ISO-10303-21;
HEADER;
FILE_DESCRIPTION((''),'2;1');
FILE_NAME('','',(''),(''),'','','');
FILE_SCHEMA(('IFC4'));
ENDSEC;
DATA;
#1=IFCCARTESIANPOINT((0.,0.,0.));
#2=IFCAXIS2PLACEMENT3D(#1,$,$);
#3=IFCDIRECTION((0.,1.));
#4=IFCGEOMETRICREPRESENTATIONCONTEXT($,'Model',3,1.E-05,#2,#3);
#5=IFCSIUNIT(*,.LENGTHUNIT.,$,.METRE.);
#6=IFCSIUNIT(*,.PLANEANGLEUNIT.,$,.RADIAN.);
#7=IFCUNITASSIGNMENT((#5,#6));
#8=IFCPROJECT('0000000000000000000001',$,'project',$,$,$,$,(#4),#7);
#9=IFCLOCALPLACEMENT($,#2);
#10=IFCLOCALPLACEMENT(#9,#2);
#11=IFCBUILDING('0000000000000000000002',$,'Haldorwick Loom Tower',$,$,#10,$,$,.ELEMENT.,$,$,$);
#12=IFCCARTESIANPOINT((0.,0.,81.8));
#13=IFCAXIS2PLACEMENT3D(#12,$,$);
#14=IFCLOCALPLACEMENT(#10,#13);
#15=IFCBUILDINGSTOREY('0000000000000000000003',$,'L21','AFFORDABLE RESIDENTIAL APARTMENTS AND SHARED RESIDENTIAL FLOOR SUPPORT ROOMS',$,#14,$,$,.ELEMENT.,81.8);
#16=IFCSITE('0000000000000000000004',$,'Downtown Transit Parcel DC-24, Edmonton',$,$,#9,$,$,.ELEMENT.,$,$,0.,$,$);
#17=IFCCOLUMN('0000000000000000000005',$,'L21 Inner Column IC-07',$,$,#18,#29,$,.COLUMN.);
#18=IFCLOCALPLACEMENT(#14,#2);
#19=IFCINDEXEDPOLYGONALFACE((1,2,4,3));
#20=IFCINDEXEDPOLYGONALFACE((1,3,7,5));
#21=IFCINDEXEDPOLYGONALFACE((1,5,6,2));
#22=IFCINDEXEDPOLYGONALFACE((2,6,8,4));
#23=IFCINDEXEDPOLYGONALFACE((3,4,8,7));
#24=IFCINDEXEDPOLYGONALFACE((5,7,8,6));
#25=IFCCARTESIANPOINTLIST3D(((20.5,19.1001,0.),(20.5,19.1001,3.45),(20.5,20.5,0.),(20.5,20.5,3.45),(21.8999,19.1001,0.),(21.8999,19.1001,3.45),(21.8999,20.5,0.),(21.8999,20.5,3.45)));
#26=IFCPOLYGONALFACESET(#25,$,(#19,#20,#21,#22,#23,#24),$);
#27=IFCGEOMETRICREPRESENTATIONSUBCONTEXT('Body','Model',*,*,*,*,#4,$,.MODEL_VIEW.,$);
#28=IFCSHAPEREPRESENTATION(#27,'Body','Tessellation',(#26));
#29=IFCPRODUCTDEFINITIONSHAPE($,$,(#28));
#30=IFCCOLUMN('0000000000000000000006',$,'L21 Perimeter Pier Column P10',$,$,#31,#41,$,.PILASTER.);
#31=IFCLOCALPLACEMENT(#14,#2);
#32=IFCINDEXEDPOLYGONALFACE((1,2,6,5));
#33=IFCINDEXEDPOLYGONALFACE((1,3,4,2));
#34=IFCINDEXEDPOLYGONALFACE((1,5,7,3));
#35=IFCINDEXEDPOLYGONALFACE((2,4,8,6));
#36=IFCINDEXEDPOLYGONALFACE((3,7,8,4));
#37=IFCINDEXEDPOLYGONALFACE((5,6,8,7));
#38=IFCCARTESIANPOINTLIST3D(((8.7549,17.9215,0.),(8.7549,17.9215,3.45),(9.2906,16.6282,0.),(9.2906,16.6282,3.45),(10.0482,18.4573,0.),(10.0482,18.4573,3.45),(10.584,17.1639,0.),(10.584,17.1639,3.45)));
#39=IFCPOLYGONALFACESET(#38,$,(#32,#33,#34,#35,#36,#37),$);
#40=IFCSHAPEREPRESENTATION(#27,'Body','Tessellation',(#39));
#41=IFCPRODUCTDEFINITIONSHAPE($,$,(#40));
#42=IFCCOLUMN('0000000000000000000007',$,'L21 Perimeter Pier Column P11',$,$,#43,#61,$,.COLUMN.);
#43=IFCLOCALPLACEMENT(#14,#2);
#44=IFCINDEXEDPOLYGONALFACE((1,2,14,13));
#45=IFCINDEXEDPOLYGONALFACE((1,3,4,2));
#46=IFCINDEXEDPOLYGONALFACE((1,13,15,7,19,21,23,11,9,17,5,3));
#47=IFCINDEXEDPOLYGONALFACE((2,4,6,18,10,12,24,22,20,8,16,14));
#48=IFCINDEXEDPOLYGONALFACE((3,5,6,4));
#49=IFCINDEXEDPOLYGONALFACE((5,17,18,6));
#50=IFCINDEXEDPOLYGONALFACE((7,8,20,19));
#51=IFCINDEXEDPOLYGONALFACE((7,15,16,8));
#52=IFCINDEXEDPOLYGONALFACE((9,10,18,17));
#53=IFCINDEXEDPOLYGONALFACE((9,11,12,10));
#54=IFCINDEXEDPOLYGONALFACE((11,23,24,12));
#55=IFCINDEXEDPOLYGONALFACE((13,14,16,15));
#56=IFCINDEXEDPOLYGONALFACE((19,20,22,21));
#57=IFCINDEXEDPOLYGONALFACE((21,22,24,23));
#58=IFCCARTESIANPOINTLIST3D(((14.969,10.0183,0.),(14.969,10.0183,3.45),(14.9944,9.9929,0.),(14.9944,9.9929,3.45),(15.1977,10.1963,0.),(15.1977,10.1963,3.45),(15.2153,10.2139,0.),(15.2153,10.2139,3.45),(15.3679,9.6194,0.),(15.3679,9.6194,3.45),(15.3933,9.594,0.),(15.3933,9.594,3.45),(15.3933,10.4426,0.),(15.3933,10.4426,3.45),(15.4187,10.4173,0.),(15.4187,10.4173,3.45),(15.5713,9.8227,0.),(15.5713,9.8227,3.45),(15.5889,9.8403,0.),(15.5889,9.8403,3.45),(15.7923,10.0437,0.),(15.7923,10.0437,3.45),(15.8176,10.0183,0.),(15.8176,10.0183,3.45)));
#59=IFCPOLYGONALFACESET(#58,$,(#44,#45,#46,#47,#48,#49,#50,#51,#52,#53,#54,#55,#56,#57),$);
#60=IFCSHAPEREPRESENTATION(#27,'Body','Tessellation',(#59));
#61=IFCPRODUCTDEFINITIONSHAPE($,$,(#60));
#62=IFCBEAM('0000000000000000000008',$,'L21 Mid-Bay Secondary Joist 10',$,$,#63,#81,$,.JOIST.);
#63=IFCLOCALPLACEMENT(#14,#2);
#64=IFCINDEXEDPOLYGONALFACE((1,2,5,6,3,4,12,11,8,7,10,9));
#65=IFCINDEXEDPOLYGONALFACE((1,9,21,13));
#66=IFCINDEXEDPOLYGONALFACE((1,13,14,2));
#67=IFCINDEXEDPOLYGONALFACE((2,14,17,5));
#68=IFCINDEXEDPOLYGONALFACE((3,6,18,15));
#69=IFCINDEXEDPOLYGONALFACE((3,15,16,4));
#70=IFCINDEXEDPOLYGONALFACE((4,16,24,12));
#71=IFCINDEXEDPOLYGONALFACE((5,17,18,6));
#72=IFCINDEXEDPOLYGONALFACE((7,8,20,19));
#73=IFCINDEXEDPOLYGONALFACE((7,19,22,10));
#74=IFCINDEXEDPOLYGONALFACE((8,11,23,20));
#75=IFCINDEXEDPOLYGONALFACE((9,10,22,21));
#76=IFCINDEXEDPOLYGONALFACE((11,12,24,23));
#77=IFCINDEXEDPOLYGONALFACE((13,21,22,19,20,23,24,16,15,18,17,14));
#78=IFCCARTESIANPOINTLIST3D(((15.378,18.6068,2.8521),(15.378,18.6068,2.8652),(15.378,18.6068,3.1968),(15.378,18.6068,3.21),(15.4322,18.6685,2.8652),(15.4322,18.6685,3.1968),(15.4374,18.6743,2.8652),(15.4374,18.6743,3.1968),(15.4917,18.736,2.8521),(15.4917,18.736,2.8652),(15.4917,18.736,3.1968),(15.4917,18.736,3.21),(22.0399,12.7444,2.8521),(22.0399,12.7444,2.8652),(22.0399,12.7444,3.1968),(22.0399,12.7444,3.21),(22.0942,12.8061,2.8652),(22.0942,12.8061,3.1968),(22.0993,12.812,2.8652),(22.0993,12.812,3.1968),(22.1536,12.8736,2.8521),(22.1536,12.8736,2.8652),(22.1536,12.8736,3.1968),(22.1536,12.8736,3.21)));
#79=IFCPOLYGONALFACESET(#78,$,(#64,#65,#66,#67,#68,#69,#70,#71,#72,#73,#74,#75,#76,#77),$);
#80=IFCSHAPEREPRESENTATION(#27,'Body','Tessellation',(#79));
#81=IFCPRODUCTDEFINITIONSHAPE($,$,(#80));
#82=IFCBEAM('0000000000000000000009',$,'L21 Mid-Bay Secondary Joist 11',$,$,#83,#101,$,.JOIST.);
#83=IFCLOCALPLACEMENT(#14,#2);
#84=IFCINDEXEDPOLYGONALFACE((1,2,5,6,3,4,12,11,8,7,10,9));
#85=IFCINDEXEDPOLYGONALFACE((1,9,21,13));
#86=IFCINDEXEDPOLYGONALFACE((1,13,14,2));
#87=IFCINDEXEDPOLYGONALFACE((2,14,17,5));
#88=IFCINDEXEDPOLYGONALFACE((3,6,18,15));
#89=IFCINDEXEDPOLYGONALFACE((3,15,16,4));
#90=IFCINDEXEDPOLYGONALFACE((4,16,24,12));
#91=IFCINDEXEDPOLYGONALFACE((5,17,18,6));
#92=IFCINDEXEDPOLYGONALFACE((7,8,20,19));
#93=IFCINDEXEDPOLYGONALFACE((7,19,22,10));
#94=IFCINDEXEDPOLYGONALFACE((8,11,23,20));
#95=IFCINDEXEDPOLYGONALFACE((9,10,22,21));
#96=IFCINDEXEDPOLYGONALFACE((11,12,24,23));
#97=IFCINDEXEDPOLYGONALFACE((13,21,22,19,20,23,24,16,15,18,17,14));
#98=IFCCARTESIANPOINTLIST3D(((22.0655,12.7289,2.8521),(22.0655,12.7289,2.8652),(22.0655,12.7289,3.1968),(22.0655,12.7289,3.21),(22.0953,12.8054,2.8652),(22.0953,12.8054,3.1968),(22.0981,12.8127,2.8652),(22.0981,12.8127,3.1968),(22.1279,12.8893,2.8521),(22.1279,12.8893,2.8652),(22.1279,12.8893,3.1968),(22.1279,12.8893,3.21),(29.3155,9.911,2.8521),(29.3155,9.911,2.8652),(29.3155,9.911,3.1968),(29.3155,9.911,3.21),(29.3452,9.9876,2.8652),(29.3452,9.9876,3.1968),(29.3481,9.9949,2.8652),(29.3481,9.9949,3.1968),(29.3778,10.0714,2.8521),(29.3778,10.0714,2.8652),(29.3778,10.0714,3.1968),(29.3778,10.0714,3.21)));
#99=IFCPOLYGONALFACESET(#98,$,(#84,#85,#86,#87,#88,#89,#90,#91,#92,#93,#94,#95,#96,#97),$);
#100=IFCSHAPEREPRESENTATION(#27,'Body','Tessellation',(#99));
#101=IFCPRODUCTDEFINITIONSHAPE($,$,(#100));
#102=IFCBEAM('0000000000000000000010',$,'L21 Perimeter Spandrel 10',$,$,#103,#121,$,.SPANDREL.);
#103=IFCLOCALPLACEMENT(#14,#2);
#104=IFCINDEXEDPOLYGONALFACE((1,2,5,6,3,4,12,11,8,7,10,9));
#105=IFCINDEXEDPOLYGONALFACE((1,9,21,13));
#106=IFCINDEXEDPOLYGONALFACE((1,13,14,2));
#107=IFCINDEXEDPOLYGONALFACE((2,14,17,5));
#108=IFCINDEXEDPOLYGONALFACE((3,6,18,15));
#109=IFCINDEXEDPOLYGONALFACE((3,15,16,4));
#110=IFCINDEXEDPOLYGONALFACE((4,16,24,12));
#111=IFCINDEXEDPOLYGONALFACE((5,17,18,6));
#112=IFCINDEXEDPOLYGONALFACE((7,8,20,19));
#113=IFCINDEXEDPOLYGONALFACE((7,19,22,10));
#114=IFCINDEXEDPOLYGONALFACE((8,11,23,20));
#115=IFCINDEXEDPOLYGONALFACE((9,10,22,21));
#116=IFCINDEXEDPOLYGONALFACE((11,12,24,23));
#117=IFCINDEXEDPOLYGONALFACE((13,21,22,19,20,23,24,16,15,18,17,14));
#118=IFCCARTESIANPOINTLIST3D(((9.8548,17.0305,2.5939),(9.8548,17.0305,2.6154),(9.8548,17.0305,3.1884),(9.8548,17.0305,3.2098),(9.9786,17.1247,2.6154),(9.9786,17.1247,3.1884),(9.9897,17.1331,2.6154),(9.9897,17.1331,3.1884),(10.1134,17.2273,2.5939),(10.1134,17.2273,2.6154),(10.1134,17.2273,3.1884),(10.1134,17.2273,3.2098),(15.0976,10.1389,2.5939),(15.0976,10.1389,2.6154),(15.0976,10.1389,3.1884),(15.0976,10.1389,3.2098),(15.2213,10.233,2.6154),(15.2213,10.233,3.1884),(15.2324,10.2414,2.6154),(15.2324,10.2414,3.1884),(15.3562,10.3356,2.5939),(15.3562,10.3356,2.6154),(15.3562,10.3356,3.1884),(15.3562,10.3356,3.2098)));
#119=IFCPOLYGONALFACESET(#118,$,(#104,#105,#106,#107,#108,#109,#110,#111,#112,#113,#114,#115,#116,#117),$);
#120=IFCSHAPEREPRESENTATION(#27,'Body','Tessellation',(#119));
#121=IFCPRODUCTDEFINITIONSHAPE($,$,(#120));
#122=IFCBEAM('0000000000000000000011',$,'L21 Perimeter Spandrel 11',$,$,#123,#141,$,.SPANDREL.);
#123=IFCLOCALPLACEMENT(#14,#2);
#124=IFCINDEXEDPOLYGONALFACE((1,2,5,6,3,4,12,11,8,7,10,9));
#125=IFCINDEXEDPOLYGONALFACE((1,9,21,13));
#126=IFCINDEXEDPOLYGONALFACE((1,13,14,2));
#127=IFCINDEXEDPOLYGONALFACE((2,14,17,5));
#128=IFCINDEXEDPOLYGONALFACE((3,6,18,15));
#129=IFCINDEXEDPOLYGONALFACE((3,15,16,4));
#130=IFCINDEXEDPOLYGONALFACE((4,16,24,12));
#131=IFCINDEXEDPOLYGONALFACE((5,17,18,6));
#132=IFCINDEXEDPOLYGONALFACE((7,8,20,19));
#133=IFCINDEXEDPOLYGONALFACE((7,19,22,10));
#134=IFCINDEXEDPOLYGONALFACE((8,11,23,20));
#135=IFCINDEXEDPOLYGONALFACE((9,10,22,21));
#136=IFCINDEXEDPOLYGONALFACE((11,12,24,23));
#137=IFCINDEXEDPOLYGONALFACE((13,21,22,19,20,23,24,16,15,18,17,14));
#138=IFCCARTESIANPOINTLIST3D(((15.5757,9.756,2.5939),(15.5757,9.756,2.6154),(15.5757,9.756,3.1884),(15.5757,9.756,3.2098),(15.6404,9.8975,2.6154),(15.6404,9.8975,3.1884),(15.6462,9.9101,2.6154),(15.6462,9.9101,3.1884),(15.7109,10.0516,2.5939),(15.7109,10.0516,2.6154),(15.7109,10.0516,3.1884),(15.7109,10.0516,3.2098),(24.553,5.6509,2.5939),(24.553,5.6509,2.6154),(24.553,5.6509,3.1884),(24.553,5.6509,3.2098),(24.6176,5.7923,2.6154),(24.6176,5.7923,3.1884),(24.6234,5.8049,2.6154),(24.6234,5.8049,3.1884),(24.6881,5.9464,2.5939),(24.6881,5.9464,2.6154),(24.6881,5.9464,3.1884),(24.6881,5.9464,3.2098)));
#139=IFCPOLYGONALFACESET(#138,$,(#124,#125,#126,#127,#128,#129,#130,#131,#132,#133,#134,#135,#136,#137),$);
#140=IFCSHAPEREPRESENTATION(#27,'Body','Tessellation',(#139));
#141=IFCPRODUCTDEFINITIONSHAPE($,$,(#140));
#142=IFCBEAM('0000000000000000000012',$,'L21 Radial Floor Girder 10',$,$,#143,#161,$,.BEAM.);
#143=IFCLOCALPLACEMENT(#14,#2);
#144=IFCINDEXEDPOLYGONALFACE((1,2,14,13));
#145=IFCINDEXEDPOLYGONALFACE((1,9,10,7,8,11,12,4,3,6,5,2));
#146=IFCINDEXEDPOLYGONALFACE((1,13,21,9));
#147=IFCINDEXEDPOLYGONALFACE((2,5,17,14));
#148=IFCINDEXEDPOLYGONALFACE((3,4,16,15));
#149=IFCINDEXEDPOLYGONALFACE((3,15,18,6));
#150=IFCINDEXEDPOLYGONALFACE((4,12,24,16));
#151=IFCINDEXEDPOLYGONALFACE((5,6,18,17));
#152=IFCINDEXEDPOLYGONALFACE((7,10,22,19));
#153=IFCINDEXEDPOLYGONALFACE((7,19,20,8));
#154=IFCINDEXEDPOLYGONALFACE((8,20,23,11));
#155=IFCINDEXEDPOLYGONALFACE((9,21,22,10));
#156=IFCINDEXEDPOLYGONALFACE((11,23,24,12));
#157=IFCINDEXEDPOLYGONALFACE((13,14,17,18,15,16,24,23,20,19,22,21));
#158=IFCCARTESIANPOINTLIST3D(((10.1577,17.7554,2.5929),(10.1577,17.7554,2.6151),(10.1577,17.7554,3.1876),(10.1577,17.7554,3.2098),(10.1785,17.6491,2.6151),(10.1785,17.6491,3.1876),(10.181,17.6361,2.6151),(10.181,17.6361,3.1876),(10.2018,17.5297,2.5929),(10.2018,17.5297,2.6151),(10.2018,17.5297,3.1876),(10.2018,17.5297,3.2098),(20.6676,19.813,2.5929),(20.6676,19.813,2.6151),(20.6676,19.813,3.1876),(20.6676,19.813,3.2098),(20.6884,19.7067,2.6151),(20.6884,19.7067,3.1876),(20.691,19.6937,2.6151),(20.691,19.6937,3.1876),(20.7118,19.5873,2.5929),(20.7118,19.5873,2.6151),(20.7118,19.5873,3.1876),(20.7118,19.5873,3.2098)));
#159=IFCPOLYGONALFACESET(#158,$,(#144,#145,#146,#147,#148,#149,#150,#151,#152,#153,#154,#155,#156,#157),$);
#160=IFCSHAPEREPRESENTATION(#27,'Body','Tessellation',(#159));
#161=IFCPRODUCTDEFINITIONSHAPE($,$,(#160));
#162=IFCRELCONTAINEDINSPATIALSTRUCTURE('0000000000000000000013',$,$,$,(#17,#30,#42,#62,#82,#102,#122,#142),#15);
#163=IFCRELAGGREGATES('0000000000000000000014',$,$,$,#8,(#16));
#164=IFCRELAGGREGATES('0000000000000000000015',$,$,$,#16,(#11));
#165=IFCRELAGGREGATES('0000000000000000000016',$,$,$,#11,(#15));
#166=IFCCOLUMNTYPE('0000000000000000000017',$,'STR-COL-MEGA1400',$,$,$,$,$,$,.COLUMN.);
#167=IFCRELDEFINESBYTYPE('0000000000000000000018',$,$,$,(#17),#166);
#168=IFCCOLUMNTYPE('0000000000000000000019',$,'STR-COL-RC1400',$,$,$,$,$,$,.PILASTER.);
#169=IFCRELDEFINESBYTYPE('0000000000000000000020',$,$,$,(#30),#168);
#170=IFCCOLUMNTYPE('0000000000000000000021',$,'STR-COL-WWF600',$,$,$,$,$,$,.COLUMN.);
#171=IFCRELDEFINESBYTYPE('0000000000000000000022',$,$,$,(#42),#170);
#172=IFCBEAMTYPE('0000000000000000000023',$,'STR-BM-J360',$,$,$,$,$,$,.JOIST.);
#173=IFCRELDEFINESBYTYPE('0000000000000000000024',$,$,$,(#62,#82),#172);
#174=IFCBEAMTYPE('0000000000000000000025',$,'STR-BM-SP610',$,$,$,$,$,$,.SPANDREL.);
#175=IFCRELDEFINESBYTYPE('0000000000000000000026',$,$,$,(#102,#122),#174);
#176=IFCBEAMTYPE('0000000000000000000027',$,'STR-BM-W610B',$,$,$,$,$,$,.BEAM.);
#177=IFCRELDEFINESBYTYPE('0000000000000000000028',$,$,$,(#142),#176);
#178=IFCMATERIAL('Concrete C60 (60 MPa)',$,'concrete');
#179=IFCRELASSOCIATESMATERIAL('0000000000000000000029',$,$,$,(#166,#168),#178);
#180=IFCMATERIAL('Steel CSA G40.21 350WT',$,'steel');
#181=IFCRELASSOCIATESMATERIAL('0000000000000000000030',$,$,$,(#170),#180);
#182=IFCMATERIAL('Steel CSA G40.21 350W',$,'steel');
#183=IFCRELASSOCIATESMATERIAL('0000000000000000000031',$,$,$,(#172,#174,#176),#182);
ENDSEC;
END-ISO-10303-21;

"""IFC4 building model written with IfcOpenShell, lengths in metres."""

from ifc_helpers import new_model, si_unit, direction, frame, origin, origin_2d, place, context, subcontext, project, spatial, rectangle, i_section, extrude, material, material_profile, profile_set, type_object, element, save


model = new_model("IFC4")

# Units and contexts
model_context = context("Model", 3, precision=1e-05, world=origin(), true_north=direction((0.0, 1.0)))
body_context = subcontext(model_context, "Body", "Model", "MODEL_VIEW")
ifc_project = project(units=[si_unit("LENGTHUNIT", "METRE"), si_unit("PLANEANGLEUNIT", "RADIAN")], contexts=[model_context])

# Site, building, storey
site_placement = place(None, origin())
site = spatial("IfcSite", under=ifc_project, at=site_placement, Name="Downtown Transit Parcel DC-24, Edmonton", CompositionType="ELEMENT", RefElevation=0.0)
building_placement = place(site_placement, origin())
building = spatial("IfcBuilding", under=site, at=building_placement, Name="Haldorwick Loom Tower", CompositionType="ELEMENT")
storey_placement = place(building_placement, frame((0.0, 0.0, 81.8)))
storey = spatial("IfcBuildingStorey", under=building, at=storey_placement, Name="L21", Description="AFFORDABLE RESIDENTIAL APARTMENTS AND SHARED RESIDENTIAL FLOOR SUPPORT ROOMS", CompositionType="ELEMENT", Elevation=81.8)

# Columns
ifc_material_1 = material(Name="Concrete C60 (60 MPa)", Category="concrete")
ifc_material_profile_1 = material_profile(ifc_material_1, rectangle(XDim=1.3999, YDim=1.3999, at=origin_2d()), Name="RC1400X1400", Category="concrete")
ifc_profile_set_1 = profile_set([ifc_material_profile_1], Name="Concrete C60 (60 MPa)")
column_type_1 = type_object("IfcColumnType", Name="STR-COL-MEGA1400", PredefinedType="COLUMN", material=ifc_profile_set_1)
column_1_placement = place(storey_placement, frame((21.2, 19.8, 0.0), z_axis=(0.0, 0.0, 1.0), x_axis=(1.0, 0.0, 0.0)))
element("IfcColumn", 1, at=column_1_placement, inside=storey, type_object=column_type_1, Name="L21 Inner Column IC-07", PredefinedType="COLUMN", context=body_context, shape_type="SweptSolid", body=[
    extrude(rectangle(XDim=1.3999, YDim=1.3999, at=origin_2d()), origin(), (0.0, 0.0, 1.0), 3.45),
])
ifc_material_profile_2 = material_profile(ifc_material_1, rectangle(XDim=1.3999, YDim=1.3999, at=origin_2d()), Name="RC1400X1400", Category="concrete")
ifc_profile_set_2 = profile_set([ifc_material_profile_2], Name="Concrete C60 (60 MPa)")
column_type_2 = type_object("IfcColumnType", Name="STR-COL-RC1400", PredefinedType="PILASTER", material=ifc_profile_set_2)
column_2_placement = place(storey_placement, frame((9.6694, 17.5427, 0.0), z_axis=(0.0, 0.0, 1.0), x_axis=(-0.92388, -0.382683, 0.0)))
element("IfcColumn", 2, at=column_2_placement, inside=storey, type_object=column_type_2, Name="L21 Perimeter Pier Column P10", PredefinedType="PILASTER", context=body_context, shape_type="SweptSolid", body=[
    extrude(rectangle(XDim=1.3999, YDim=1.3999, at=origin_2d()), origin(), (0.0, 0.0, 1.0), 3.45),
])
ifc_material_2 = material(Name="Steel CSA G40.21 350WT", Category="steel")
ifc_material_profile_3 = material_profile(ifc_material_2, i_section(OverallWidth=0.6001, OverallDepth=0.6001, WebThickness=0.0249, FlangeThickness=0.0359, at=origin_2d()), Name="WWF600X600", Category="steel")
ifc_profile_set_3 = profile_set([ifc_material_profile_3], Name="Steel CSA G40.21 350WT")
column_type_3 = type_object("IfcColumnType", Name="STR-COL-WWF600", PredefinedType="COLUMN", material=ifc_profile_set_3)
column_3_placement = place(storey_placement, frame((15.3933, 10.0183, 0.0), z_axis=(0.0, 0.0, 1.0), x_axis=(-0.707107, -0.707107, 0.0)))
element("IfcColumn", 3, at=column_3_placement, inside=storey, type_object=column_type_3, Name="L21 Perimeter Pier Column P11", PredefinedType="COLUMN", context=body_context, shape_type="SweptSolid", body=[
    extrude(i_section(OverallWidth=0.6001, OverallDepth=0.6001, WebThickness=0.0249, FlangeThickness=0.0359, at=origin_2d()), origin(), (0.0, 0.0, 1.0), 3.45),
])

# Beams
ifc_material_3 = material(Name="Steel CSA G40.21 350W", Category="steel")
ifc_material_profile_4 = material_profile(ifc_material_3, i_section(OverallWidth=0.1721, OverallDepth=0.3579, WebThickness=0.0078, FlangeThickness=0.0132, at=origin_2d()), Name="W360X57", Category="steel")
ifc_profile_set_4 = profile_set([ifc_material_profile_4], Name="Steel CSA G40.21 350W")
beam_type_1 = type_object("IfcBeamType", Name="STR-BM-J360", PredefinedType="JOIST", material=ifc_profile_set_4)
beam_1_placement = place(storey_placement, frame((15.4348, 18.6714, 3.031), z_axis=(0.750721, -0.660619, 0.0), x_axis=(0.660619, 0.750721, 0.0)))
element("IfcBeam", 4, at=beam_1_placement, inside=storey, type_object=beam_type_1, Name="L21 Mid-Bay Secondary Joist 10", PredefinedType="JOIST", context=body_context, shape_type="SweptSolid", body=[
    extrude(i_section(OverallWidth=0.1721, OverallDepth=0.3579, WebThickness=0.0078, FlangeThickness=0.0132, at=origin_2d()), origin(), (0.0, 0.0, 1.0), 8.874),
])
beam_2_placement = place(storey_placement, frame((22.0967, 12.8091, 3.031), z_axis=(0.932073, -0.362271, 0.0), x_axis=(0.362271, 0.932073, 0.0)))
element("IfcBeam", 5, at=beam_2_placement, inside=storey, type_object=beam_type_1, Name="L21 Mid-Bay Secondary Joist 11", PredefinedType="JOIST", context=body_context, shape_type="SweptSolid", body=[
    extrude(i_section(OverallWidth=0.1721, OverallDepth=0.3579, WebThickness=0.0078, FlangeThickness=0.0132, at=origin_2d()), origin(), (0.0, 0.0, 1.0), 7.7783),
])
ifc_material_profile_5 = material_profile(ifc_material_3, i_section(OverallWidth=0.325, OverallDepth=0.616, WebThickness=0.0139, FlangeThickness=0.0215, at=origin_2d()), Name="W610X174", Category="steel")
ifc_profile_set_5 = profile_set([ifc_material_profile_5], Name="Steel CSA G40.21 350W")
beam_type_2 = type_object("IfcBeamType", Name="STR-BM-SP610", PredefinedType="SPANDREL", material=ifc_profile_set_5)
beam_3_placement = place(storey_placement, frame((9.9841, 17.1289, 2.9019), z_axis=(0.605454, -0.795881, 0.0), x_axis=(0.795881, 0.605454, 0.0)))
element("IfcBeam", 6, at=beam_3_placement, inside=storey, type_object=beam_type_2, Name="L21 Perimeter Spandrel 10", PredefinedType="SPANDREL", context=body_context, shape_type="SweptSolid", body=[
    extrude(i_section(OverallWidth=0.325, OverallDepth=0.616, WebThickness=0.0139, FlangeThickness=0.0215, at=origin_2d()), origin(), (0.0, 0.0, 1.0), 8.6592),
])
beam_4_placement = place(storey_placement, frame((15.6433, 9.9038, 2.9019), z_axis=(0.909424, -0.41587, 0.0), x_axis=(0.41587, 0.909424, 0.0)))
element("IfcBeam", 7, at=beam_4_placement, inside=storey, type_object=beam_type_2, Name="L21 Perimeter Spandrel 11", PredefinedType="SPANDREL", context=body_context, shape_type="SweptSolid", body=[
    extrude(i_section(OverallWidth=0.325, OverallDepth=0.616, WebThickness=0.0139, FlangeThickness=0.0215, at=origin_2d()), origin(), (0.0, 0.0, 1.0), 9.8713),
])
ifc_material_profile_6 = material_profile(ifc_material_3, i_section(OverallWidth=0.23, OverallDepth=0.6169, WebThickness=0.0132, FlangeThickness=0.0222, at=origin_2d()), Name="W610X140", Category="steel")
ifc_profile_set_6 = profile_set([ifc_material_profile_6], Name="Steel CSA G40.21 350W")
beam_type_3 = type_object("IfcBeamType", Name="STR-BM-W610B", PredefinedType="BEAM", material=ifc_profile_set_6)
beam_5_placement = place(storey_placement, frame((20.6897, 19.7002, 2.9014), z_axis=(-0.98137, -0.192129, 0.0), x_axis=(0.192129, -0.98137, 0.0)))
element("IfcBeam", 8, at=beam_5_placement, inside=storey, type_object=beam_type_3, Name="L21 Radial Floor Girder 10", PredefinedType="BEAM", context=body_context, shape_type="SweptSolid", body=[
    extrude(i_section(OverallWidth=0.23, OverallDepth=0.6169, WebThickness=0.0132, FlangeThickness=0.0222, at=origin_2d()), origin(), (0.0, 0.0, 1.0), 10.7095),
])

save(model, "model.ifc")
